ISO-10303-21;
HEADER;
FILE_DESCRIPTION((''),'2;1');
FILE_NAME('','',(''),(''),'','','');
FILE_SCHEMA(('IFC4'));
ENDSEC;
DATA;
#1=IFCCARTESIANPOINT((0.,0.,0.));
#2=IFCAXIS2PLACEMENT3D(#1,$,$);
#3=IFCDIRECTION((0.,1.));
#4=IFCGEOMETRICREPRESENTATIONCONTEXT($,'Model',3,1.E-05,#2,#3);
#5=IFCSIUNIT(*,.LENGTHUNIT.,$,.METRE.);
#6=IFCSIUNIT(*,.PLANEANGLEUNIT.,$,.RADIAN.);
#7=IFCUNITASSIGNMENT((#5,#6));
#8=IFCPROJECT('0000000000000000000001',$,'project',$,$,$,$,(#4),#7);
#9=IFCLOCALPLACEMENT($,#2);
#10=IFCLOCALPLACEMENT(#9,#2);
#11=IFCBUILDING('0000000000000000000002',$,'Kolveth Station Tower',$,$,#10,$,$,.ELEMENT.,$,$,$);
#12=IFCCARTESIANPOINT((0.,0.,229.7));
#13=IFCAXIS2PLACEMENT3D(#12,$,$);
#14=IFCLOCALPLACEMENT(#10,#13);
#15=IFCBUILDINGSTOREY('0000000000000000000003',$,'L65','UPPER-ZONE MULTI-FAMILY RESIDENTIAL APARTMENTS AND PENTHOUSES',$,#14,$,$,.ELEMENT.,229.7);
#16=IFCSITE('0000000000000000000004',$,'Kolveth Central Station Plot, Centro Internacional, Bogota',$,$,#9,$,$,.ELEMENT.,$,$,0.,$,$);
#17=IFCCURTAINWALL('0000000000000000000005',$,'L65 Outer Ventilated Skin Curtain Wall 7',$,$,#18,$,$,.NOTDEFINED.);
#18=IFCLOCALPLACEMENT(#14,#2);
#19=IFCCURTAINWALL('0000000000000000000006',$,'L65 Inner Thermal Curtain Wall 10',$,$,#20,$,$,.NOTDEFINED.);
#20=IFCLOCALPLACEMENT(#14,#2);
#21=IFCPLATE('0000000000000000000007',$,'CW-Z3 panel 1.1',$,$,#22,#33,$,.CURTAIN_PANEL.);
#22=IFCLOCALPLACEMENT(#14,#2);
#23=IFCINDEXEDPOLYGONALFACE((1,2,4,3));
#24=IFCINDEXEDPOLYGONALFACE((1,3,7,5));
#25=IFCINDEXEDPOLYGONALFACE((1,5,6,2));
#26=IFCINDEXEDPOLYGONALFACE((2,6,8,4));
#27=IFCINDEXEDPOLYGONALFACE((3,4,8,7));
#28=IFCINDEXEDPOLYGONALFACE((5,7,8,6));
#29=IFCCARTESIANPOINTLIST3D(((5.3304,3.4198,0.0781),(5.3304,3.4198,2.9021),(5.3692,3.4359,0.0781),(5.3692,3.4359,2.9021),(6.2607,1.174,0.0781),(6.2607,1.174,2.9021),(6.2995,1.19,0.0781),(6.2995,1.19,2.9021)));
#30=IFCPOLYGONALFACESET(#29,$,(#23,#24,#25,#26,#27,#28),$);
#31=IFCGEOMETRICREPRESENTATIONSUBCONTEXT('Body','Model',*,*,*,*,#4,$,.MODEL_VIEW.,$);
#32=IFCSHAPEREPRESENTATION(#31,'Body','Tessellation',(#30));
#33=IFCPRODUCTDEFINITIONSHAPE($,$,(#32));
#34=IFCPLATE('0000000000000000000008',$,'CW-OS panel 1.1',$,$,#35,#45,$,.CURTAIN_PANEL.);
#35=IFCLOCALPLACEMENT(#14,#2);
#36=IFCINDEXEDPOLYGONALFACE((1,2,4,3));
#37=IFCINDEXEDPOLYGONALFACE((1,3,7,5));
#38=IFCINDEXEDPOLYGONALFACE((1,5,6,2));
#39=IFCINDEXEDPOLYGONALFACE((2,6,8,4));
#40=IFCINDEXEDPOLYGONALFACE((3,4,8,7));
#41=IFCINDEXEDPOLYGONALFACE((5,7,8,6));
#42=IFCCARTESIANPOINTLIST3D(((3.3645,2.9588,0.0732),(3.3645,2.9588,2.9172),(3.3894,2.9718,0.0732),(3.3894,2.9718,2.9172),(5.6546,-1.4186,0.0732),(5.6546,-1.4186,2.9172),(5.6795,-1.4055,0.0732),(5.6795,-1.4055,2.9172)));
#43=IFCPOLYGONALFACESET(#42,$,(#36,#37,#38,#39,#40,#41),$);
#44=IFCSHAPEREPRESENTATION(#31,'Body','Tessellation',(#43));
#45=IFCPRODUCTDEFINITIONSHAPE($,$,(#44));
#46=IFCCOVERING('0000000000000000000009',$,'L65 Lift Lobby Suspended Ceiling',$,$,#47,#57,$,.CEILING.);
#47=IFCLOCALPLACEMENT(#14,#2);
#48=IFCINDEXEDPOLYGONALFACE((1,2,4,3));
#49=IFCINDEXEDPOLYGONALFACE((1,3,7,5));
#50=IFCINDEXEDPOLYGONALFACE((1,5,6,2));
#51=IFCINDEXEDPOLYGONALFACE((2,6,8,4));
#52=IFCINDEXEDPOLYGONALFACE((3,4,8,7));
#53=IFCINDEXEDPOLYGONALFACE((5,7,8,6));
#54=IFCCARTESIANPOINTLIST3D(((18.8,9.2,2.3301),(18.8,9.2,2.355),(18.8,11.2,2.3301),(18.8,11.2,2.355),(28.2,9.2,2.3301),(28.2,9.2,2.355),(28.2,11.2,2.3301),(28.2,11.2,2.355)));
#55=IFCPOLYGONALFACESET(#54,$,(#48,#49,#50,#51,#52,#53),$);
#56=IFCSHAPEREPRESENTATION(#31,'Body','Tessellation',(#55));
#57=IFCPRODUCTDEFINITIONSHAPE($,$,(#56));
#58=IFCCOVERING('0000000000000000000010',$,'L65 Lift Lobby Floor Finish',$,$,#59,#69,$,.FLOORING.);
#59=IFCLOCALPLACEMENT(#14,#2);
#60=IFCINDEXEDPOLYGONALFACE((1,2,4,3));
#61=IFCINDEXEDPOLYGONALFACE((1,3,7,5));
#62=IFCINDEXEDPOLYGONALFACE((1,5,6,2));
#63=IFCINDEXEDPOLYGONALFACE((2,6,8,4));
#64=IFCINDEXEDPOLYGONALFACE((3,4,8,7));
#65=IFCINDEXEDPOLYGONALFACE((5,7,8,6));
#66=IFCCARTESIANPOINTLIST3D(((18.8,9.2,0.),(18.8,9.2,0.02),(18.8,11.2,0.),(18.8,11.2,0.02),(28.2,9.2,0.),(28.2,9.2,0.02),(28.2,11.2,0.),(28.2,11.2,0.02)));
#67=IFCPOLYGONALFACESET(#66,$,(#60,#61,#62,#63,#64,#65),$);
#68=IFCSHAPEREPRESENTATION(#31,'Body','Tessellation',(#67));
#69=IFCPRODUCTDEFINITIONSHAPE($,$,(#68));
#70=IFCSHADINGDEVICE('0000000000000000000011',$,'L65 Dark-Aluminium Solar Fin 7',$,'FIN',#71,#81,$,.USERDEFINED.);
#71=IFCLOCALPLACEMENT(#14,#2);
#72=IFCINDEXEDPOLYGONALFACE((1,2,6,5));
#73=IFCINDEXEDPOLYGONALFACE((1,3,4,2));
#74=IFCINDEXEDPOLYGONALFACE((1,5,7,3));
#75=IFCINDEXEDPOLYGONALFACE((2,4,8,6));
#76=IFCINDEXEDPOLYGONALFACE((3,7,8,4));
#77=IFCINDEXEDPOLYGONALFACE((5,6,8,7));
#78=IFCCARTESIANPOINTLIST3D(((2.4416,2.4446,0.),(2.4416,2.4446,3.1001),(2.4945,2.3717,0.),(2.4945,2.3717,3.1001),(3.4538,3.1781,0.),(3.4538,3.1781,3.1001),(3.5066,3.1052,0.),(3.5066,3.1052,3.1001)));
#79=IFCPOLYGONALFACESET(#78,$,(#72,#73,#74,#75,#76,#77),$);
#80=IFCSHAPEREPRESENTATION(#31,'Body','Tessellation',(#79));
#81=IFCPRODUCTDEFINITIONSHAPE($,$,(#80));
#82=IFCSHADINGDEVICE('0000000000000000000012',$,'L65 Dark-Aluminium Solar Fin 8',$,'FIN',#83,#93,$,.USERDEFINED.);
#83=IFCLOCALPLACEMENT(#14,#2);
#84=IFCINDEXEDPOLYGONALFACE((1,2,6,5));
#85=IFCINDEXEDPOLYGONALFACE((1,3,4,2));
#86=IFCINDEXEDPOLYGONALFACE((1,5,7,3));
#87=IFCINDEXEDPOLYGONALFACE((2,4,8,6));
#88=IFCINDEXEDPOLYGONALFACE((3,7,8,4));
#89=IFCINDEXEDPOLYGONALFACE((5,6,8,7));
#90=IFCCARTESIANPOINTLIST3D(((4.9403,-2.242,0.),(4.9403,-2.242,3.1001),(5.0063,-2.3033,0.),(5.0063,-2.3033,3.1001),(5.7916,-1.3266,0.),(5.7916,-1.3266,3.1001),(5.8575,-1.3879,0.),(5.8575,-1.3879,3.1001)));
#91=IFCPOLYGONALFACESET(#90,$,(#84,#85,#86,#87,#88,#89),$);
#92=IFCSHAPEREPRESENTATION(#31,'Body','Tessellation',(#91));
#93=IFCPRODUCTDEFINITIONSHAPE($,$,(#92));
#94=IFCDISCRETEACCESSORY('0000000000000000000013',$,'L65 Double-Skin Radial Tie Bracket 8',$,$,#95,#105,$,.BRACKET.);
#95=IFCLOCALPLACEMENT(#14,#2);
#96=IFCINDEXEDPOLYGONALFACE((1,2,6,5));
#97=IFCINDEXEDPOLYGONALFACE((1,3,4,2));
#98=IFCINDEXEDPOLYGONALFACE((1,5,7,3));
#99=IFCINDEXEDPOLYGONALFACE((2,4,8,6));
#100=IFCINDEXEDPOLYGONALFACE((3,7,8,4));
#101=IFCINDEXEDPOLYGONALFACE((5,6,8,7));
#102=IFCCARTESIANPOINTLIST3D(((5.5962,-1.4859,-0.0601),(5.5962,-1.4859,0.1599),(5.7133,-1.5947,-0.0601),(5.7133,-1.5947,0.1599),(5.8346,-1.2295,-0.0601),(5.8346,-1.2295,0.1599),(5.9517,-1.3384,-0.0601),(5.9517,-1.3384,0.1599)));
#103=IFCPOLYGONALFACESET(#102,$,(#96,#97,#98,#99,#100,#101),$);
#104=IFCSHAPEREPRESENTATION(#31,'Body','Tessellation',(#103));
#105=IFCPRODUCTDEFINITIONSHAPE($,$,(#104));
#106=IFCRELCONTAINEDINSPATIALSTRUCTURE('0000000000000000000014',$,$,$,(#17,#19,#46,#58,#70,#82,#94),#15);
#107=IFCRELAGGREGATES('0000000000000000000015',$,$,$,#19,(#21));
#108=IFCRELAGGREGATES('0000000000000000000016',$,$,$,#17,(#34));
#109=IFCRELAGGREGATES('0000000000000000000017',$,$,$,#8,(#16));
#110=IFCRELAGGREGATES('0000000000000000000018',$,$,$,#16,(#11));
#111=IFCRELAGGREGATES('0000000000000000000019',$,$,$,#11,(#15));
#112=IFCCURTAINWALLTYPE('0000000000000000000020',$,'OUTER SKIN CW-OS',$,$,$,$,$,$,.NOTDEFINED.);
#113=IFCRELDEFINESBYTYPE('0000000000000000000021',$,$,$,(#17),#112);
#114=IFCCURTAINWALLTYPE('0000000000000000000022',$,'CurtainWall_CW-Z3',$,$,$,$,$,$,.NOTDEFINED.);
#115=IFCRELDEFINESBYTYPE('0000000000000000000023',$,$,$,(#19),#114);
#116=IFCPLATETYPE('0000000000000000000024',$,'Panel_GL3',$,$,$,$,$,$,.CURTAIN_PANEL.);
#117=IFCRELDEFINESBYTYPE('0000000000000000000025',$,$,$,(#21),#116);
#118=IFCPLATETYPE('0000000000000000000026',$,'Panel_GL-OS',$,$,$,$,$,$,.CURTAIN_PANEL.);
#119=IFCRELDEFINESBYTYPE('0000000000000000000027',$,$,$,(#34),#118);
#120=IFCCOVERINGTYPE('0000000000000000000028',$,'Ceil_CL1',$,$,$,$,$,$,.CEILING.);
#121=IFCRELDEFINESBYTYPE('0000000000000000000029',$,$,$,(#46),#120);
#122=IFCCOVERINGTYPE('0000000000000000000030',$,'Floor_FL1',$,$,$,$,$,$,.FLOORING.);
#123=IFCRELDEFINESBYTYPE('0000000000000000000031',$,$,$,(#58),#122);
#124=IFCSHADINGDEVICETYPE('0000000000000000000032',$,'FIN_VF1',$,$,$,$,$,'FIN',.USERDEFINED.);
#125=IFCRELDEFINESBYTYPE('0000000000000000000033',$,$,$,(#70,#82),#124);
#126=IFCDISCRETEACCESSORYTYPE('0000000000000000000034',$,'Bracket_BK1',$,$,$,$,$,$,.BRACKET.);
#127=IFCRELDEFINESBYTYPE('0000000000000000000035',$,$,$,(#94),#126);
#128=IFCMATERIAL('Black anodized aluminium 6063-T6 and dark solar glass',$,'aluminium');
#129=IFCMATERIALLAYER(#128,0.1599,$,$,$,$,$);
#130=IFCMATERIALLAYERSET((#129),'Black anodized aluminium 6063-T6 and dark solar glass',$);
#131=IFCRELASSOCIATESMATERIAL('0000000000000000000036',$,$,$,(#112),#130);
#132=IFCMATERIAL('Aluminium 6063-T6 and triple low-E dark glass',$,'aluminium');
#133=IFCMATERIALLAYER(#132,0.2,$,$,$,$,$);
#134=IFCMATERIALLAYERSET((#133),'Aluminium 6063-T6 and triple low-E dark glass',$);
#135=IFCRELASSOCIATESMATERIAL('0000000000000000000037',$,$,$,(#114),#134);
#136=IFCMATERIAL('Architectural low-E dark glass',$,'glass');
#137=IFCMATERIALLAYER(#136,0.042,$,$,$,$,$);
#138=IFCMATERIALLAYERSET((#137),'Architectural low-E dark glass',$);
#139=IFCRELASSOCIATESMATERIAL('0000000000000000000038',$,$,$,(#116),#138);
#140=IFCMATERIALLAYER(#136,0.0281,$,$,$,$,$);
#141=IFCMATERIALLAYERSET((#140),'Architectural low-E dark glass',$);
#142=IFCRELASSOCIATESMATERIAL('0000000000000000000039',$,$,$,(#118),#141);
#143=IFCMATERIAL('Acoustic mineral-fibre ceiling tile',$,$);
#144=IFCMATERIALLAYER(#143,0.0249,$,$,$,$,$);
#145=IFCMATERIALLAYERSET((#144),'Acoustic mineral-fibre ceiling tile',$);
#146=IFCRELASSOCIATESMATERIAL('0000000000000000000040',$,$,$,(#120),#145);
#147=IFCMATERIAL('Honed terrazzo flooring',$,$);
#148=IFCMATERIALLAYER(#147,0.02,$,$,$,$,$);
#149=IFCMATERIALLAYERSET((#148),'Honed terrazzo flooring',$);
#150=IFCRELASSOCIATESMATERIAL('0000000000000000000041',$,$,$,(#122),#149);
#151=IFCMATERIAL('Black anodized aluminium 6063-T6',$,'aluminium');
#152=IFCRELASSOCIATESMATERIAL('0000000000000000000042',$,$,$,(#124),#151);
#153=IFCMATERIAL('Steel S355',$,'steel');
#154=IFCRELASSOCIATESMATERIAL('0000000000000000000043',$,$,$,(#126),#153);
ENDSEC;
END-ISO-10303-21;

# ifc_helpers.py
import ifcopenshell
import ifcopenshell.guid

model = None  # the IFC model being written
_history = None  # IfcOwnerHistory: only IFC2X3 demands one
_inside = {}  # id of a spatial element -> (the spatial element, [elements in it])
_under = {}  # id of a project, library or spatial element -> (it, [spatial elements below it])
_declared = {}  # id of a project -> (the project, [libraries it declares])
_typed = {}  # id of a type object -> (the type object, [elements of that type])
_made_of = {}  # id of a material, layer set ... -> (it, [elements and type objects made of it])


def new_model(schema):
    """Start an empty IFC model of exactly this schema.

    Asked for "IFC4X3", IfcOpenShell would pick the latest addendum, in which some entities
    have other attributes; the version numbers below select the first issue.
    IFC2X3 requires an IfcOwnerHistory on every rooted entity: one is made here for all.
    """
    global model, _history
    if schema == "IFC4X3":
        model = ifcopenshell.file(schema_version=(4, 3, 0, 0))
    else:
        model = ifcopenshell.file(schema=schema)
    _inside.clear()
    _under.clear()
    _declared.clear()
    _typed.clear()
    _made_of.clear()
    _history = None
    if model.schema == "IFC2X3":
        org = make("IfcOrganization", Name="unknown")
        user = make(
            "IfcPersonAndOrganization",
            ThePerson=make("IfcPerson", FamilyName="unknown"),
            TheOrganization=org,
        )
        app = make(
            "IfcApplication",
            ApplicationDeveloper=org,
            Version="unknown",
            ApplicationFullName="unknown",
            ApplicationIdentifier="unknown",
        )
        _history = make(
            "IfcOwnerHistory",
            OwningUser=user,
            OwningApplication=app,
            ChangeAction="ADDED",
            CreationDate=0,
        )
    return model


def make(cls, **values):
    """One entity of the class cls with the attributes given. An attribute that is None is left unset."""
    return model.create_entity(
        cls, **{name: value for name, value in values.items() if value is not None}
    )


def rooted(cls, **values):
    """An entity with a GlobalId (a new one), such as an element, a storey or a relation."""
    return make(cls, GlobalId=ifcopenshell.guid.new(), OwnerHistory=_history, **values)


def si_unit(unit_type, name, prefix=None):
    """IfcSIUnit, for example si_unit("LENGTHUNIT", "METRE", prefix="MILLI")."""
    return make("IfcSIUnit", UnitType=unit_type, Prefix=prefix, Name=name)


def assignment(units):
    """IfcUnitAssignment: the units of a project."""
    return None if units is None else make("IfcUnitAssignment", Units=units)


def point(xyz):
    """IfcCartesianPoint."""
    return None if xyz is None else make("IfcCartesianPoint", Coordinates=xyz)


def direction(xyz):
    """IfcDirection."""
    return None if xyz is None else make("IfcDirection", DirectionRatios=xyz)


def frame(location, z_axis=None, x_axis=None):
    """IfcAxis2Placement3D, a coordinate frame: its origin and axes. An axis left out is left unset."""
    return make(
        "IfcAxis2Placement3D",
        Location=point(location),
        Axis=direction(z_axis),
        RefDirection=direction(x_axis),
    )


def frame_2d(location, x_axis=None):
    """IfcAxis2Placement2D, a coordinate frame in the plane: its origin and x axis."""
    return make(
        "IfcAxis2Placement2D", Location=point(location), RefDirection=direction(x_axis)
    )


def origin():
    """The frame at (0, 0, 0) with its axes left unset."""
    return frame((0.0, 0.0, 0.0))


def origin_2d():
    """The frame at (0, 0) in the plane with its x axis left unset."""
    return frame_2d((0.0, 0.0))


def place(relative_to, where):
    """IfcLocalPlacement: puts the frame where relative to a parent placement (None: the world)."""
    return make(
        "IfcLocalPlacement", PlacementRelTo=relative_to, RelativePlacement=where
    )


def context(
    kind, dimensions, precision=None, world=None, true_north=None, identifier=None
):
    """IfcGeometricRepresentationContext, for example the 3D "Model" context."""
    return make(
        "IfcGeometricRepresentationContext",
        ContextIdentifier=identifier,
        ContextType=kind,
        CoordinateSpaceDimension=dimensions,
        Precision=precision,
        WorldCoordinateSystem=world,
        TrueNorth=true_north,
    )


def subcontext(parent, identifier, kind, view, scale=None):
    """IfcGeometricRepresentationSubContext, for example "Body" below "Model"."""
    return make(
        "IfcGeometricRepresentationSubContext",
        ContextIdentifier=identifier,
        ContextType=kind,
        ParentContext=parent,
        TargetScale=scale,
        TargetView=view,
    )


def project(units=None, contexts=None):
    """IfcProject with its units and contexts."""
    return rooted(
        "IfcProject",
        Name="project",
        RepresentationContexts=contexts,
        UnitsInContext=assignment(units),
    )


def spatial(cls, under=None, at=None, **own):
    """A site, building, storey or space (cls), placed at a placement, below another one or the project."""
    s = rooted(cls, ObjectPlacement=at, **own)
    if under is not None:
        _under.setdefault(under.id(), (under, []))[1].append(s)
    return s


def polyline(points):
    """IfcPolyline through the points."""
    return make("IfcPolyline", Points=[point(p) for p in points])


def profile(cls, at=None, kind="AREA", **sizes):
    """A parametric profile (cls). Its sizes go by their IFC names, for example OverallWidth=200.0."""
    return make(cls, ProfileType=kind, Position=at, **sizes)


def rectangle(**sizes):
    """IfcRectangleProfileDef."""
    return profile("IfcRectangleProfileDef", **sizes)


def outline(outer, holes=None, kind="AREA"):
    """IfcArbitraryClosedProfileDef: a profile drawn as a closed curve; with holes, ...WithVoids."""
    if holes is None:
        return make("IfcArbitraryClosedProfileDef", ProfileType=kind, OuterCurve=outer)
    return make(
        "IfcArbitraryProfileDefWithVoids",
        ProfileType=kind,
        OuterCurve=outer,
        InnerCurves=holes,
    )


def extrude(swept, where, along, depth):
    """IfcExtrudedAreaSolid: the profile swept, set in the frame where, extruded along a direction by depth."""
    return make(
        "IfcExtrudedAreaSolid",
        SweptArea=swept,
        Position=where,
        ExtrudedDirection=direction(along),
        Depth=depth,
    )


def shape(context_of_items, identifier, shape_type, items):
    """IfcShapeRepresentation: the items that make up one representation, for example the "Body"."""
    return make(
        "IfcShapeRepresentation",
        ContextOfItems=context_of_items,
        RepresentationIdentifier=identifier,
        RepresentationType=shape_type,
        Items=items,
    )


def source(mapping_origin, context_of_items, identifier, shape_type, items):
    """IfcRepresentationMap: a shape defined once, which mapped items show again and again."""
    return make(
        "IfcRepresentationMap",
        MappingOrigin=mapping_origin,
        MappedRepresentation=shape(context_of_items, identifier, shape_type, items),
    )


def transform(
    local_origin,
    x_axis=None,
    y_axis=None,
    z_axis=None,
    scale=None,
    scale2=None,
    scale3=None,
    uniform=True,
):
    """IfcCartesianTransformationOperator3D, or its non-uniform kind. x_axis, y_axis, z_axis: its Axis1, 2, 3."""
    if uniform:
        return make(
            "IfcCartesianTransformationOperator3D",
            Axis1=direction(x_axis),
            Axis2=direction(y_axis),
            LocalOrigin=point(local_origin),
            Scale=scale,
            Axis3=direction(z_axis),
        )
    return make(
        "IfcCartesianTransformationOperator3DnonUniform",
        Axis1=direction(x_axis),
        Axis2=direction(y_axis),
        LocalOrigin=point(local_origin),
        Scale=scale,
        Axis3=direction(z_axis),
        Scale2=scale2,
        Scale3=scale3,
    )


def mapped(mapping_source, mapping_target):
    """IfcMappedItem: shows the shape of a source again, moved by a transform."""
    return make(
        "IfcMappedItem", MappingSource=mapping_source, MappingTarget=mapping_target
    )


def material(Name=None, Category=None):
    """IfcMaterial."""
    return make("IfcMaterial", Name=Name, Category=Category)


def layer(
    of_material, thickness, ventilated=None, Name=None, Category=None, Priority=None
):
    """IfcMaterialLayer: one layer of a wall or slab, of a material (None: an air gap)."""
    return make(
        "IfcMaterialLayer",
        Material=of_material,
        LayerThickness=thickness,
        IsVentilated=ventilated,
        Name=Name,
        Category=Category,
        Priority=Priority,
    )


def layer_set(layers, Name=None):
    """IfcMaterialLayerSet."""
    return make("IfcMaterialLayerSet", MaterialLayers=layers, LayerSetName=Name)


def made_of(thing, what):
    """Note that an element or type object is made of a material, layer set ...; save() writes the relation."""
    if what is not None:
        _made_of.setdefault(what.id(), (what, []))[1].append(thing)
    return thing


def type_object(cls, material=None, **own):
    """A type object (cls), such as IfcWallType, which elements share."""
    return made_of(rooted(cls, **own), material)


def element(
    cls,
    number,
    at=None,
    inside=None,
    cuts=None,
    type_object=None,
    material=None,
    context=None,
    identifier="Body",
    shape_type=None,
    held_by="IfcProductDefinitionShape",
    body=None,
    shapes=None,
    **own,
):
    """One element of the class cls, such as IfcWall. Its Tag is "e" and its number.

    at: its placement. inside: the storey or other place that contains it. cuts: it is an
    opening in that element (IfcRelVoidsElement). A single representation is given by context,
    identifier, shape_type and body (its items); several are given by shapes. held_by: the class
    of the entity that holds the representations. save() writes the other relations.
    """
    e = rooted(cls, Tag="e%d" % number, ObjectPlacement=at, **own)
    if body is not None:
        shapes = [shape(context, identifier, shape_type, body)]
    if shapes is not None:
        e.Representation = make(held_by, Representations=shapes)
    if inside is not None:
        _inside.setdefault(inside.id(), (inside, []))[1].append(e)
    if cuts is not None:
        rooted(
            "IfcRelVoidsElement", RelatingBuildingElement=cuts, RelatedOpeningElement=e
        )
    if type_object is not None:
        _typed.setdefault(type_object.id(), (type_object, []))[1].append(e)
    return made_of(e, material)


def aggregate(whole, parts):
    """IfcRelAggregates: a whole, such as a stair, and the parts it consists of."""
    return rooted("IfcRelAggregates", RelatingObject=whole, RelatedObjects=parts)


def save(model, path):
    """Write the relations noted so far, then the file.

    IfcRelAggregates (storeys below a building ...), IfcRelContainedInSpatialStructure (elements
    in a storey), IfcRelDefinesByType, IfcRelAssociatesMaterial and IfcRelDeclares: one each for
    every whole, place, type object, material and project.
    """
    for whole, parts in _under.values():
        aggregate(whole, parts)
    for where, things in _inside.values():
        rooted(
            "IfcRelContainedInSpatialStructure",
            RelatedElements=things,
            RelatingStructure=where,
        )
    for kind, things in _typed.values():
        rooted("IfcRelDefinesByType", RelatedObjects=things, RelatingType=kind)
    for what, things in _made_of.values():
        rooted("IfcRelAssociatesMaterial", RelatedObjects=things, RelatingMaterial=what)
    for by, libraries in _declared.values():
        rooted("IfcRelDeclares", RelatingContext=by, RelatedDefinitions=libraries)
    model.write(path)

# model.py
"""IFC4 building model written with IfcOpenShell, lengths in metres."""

from ifc_helpers import new_model, si_unit, direction, frame, origin, origin_2d, place, context, subcontext, project, spatial, polyline, rectangle, outline, extrude, source, transform, mapped, material, layer, layer_set, type_object, element, aggregate, save


model = new_model("IFC4")

# Units and contexts
model_context = context("Model", 3, precision=1e-05, world=origin(), true_north=direction((0.0, 1.0)))
body_context = subcontext(model_context, "Body", "Model", "MODEL_VIEW")
ifc_project = project(units=[si_unit("LENGTHUNIT", "METRE"), si_unit("PLANEANGLEUNIT", "RADIAN")], contexts=[model_context])

# Site, building, storey
site_placement = place(None, origin())
site = spatial("IfcSite", under=ifc_project, at=site_placement, Name="Kolveth Central Station Plot, Centro Internacional, Bogota", CompositionType="ELEMENT", RefElevation=0.0)
building_placement = place(site_placement, origin())
building = spatial("IfcBuilding", under=site, at=building_placement, Name="Kolveth Station Tower", CompositionType="ELEMENT")
storey_placement = place(building_placement, frame((0.0, 0.0, 229.7)))
storey = spatial("IfcBuildingStorey", under=building, at=storey_placement, Name="L65", Description="UPPER-ZONE MULTI-FAMILY RESIDENTIAL APARTMENTS AND PENTHOUSES", CompositionType="ELEMENT", Elevation=229.7)

# Curtain walls
ifc_material_1 = material(Name="Black anodized aluminium 6063-T6 and dark solar glass", Category="aluminium")
ifc_layer_1 = layer(ifc_material_1, 0.1599)
ifc_layer_set_1 = layer_set([ifc_layer_1], Name="Black anodized aluminium 6063-T6 and dark solar glass")
curtain_wall_type_1 = type_object("IfcCurtainWallType", Name="OUTER SKIN CW-OS", PredefinedType="NOTDEFINED", material=ifc_layer_set_1)
curtain_wall_1_placement = place(storey_placement, origin())
curtain_wall_1 = element("IfcCurtainWall", 1, at=curtain_wall_1_placement, inside=storey, type_object=curtain_wall_type_1, Name="L65 Outer Ventilated Skin Curtain Wall 7", PredefinedType="NOTDEFINED")
ifc_material_2 = material(Name="Black anodized aluminium 6063-T6", Category="aluminium")
ifc_material_3 = material(Name="Aluminium 6063-T6 and triple low-E dark glass", Category="aluminium")
ifc_layer_2 = layer(ifc_material_3, 0.2)
ifc_layer_set_2 = layer_set([ifc_layer_2], Name="Aluminium 6063-T6 and triple low-E dark glass")
curtain_wall_type_2 = type_object("IfcCurtainWallType", Name="CurtainWall_CW-Z3", PredefinedType="NOTDEFINED", material=ifc_layer_set_2)
curtain_wall_2_placement = place(storey_placement, origin())
curtain_wall_2 = element("IfcCurtainWall", 2, at=curtain_wall_2_placement, inside=storey, type_object=curtain_wall_type_2, Name="L65 Inner Thermal Curtain Wall 10", PredefinedType="NOTDEFINED")

# Plates
ifc_material_4 = material(Name="Architectural low-E dark glass", Category="glass")
ifc_layer_3 = layer(ifc_material_4, 0.042)
ifc_layer_set_3 = layer_set([ifc_layer_3], Name="Architectural low-E dark glass")
plate_type_1 = type_object("IfcPlateType", Name="Panel_GL3", PredefinedType="CURTAIN_PANEL", material=ifc_layer_set_3)
shared_shape_1 = source(origin(), body_context, "Body", "SweptSolid", [
    extrude(rectangle(XDim=2.4309, YDim=0.042, at=origin_2d()), origin(), (0.0, 0.0, 1.0), 2.824),
])
plate_1_placement = place(storey_placement, frame((5.8149, 2.3049, 0.0781), z_axis=(0.0, 0.0, 1.0), x_axis=(0.382693, -0.923875, 0.0)))
plate_1 = element("IfcPlate", 3, at=plate_1_placement, type_object=plate_type_1, Name="CW-Z3 panel 1.1", PredefinedType="CURTAIN_PANEL", context=body_context, shape_type="MappedRepresentation", body=[
    mapped(shared_shape_1, transform((0.0, 0.0, 0.0), x_axis=(1.0, 0.0, 0.0), y_axis=(0.0, 1.0, 0.0), z_axis=(0.0, 0.0, 1.0), scale=1.0)),
])
aggregate(curtain_wall_2, [plate_1])
ifc_layer_4 = layer(ifc_material_4, 0.0281)
ifc_layer_set_4 = layer_set([ifc_layer_4], Name="Architectural low-E dark glass")
plate_type_2 = type_object("IfcPlateType", Name="Panel_GL-OS", PredefinedType="CURTAIN_PANEL", material=ifc_layer_set_4)
shared_shape_2 = source(origin(), body_context, "Body", "SweptSolid", [
    extrude(rectangle(XDim=4.9402, YDim=0.0281, at=origin_2d()), origin(), (0.0, 0.0, 1.0), 2.844),
])
plate_2_placement = place(storey_placement, frame((4.522, 0.7766, 0.0732), z_axis=(0.0, 0.0, 1.0), x_axis=(0.463566, -0.886063, 0.0)))
plate_2 = element("IfcPlate", 4, at=plate_2_placement, type_object=plate_type_2, Name="CW-OS panel 1.1", PredefinedType="CURTAIN_PANEL", context=body_context, shape_type="MappedRepresentation", body=[
    mapped(shared_shape_2, transform((0.0, 0.0, 0.0), x_axis=(1.0, 0.0, 0.0), y_axis=(0.0, 1.0, 0.0), z_axis=(0.0, 0.0, 1.0), scale=1.0)),
])
aggregate(curtain_wall_1, [plate_2])

# Coverings
ifc_material_5 = material(Name="Acoustic mineral-fibre ceiling tile")
ifc_layer_5 = layer(ifc_material_5, 0.0249)
ifc_layer_set_5 = layer_set([ifc_layer_5], Name="Acoustic mineral-fibre ceiling tile")
covering_type_1 = type_object("IfcCoveringType", Name="Ceil_CL1", PredefinedType="CEILING", material=ifc_layer_set_5)
covering_1_placement = place(storey_placement, frame((0.0, 0.0, 2.3301)))
element("IfcCovering", 5, at=covering_1_placement, inside=storey, type_object=covering_type_1, Name="L65 Lift Lobby Suspended Ceiling", PredefinedType="CEILING", context=body_context, shape_type="SweptSolid", body=[
    extrude(outline(polyline([(18.8, 9.2), (28.2, 9.2), (28.2, 11.2), (18.8, 11.2), (18.8, 9.2)])), origin(), (0.0, 0.0, 1.0), 0.0249),
])
ifc_material_6 = material(Name="Honed terrazzo flooring")
ifc_layer_6 = layer(ifc_material_6, 0.02)
ifc_layer_set_6 = layer_set([ifc_layer_6], Name="Honed terrazzo flooring")
covering_type_2 = type_object("IfcCoveringType", Name="Floor_FL1", PredefinedType="FLOORING", material=ifc_layer_set_6)
covering_2_placement = place(storey_placement, origin())
element("IfcCovering", 6, at=covering_2_placement, inside=storey, type_object=covering_type_2, Name="L65 Lift Lobby Floor Finish", PredefinedType="FLOORING", context=body_context, shape_type="SweptSolid", body=[
    extrude(outline(polyline([(18.8, 9.2), (28.2, 9.2), (28.2, 11.2), (18.8, 11.2), (18.8, 9.2)])), origin(), (0.0, 0.0, 1.0), 0.02),
])

# Shading devices
shading_device_type = type_object("IfcShadingDeviceType", Name="FIN_VF1", ElementType="FIN", PredefinedType="USERDEFINED", material=ifc_material_2)
shared_shape_3 = source(origin(), body_context, "Body", "SweptSolid", [
    extrude(rectangle(XDim=1.25, YDim=0.0901, at=origin_2d()), origin(), (0.0, 0.0, 1.0), 3.1001),
])
for number, where, z_axis, x_axis, name in (
    (7, (2.9741, 2.7749, 0.0), (0.0, 0.0, 1.0), (-0.809735, -0.586796, 0.0), "L65 Dark-Aluminium Solar Fin 7"),
    (8, (5.3989, -1.8149, 0.0), (0.0, 0.0, 1.0), (-0.680977, -0.732305, 0.0), "L65 Dark-Aluminium Solar Fin 8"),
):
    element("IfcShadingDevice", number, at=place(storey_placement, frame(where, z_axis=z_axis, x_axis=x_axis)), inside=storey, type_object=shading_device_type, Name=name, ObjectType="FIN", PredefinedType="USERDEFINED", context=body_context, shape_type="MappedRepresentation", body=[
        mapped(shared_shape_3, transform((0.0, 0.0, 0.0), x_axis=(1.0, 0.0, 0.0), y_axis=(0.0, 1.0, 0.0), z_axis=(0.0, 0.0, 1.0), scale=1.0)),
    ])

# Discrete accessory
ifc_material_7 = material(Name="Steel S355", Category="steel")
discrete_accessory_type = type_object("IfcDiscreteAccessoryType", Name="Bracket_BK1", PredefinedType="BRACKET", material=ifc_material_7)
shared_shape_4 = source(origin(), body_context, "Body", "SweptSolid", [
    extrude(rectangle(XDim=0.3501, YDim=0.1599, at=origin_2d()), origin(), (0.0, 0.0, 1.0), 0.22),
])
discrete_accessory_placement = place(storey_placement, frame((5.7739, -1.4121, -0.0601), z_axis=(0.0, 0.0, 1.0), x_axis=(-0.680977, -0.732305, 0.0)))
element("IfcDiscreteAccessory", 9, at=discrete_accessory_placement, inside=storey, type_object=discrete_accessory_type, Name="L65 Double-Skin Radial Tie Bracket 8", PredefinedType="BRACKET", context=body_context, shape_type="MappedRepresentation", body=[
    mapped(shared_shape_4, transform((0.0, 0.0, 0.0), x_axis=(1.0, 0.0, 0.0), y_axis=(0.0, 1.0, 0.0), z_axis=(0.0, 0.0, 1.0), scale=1.0)),
])

save(model, "model.ifc")
